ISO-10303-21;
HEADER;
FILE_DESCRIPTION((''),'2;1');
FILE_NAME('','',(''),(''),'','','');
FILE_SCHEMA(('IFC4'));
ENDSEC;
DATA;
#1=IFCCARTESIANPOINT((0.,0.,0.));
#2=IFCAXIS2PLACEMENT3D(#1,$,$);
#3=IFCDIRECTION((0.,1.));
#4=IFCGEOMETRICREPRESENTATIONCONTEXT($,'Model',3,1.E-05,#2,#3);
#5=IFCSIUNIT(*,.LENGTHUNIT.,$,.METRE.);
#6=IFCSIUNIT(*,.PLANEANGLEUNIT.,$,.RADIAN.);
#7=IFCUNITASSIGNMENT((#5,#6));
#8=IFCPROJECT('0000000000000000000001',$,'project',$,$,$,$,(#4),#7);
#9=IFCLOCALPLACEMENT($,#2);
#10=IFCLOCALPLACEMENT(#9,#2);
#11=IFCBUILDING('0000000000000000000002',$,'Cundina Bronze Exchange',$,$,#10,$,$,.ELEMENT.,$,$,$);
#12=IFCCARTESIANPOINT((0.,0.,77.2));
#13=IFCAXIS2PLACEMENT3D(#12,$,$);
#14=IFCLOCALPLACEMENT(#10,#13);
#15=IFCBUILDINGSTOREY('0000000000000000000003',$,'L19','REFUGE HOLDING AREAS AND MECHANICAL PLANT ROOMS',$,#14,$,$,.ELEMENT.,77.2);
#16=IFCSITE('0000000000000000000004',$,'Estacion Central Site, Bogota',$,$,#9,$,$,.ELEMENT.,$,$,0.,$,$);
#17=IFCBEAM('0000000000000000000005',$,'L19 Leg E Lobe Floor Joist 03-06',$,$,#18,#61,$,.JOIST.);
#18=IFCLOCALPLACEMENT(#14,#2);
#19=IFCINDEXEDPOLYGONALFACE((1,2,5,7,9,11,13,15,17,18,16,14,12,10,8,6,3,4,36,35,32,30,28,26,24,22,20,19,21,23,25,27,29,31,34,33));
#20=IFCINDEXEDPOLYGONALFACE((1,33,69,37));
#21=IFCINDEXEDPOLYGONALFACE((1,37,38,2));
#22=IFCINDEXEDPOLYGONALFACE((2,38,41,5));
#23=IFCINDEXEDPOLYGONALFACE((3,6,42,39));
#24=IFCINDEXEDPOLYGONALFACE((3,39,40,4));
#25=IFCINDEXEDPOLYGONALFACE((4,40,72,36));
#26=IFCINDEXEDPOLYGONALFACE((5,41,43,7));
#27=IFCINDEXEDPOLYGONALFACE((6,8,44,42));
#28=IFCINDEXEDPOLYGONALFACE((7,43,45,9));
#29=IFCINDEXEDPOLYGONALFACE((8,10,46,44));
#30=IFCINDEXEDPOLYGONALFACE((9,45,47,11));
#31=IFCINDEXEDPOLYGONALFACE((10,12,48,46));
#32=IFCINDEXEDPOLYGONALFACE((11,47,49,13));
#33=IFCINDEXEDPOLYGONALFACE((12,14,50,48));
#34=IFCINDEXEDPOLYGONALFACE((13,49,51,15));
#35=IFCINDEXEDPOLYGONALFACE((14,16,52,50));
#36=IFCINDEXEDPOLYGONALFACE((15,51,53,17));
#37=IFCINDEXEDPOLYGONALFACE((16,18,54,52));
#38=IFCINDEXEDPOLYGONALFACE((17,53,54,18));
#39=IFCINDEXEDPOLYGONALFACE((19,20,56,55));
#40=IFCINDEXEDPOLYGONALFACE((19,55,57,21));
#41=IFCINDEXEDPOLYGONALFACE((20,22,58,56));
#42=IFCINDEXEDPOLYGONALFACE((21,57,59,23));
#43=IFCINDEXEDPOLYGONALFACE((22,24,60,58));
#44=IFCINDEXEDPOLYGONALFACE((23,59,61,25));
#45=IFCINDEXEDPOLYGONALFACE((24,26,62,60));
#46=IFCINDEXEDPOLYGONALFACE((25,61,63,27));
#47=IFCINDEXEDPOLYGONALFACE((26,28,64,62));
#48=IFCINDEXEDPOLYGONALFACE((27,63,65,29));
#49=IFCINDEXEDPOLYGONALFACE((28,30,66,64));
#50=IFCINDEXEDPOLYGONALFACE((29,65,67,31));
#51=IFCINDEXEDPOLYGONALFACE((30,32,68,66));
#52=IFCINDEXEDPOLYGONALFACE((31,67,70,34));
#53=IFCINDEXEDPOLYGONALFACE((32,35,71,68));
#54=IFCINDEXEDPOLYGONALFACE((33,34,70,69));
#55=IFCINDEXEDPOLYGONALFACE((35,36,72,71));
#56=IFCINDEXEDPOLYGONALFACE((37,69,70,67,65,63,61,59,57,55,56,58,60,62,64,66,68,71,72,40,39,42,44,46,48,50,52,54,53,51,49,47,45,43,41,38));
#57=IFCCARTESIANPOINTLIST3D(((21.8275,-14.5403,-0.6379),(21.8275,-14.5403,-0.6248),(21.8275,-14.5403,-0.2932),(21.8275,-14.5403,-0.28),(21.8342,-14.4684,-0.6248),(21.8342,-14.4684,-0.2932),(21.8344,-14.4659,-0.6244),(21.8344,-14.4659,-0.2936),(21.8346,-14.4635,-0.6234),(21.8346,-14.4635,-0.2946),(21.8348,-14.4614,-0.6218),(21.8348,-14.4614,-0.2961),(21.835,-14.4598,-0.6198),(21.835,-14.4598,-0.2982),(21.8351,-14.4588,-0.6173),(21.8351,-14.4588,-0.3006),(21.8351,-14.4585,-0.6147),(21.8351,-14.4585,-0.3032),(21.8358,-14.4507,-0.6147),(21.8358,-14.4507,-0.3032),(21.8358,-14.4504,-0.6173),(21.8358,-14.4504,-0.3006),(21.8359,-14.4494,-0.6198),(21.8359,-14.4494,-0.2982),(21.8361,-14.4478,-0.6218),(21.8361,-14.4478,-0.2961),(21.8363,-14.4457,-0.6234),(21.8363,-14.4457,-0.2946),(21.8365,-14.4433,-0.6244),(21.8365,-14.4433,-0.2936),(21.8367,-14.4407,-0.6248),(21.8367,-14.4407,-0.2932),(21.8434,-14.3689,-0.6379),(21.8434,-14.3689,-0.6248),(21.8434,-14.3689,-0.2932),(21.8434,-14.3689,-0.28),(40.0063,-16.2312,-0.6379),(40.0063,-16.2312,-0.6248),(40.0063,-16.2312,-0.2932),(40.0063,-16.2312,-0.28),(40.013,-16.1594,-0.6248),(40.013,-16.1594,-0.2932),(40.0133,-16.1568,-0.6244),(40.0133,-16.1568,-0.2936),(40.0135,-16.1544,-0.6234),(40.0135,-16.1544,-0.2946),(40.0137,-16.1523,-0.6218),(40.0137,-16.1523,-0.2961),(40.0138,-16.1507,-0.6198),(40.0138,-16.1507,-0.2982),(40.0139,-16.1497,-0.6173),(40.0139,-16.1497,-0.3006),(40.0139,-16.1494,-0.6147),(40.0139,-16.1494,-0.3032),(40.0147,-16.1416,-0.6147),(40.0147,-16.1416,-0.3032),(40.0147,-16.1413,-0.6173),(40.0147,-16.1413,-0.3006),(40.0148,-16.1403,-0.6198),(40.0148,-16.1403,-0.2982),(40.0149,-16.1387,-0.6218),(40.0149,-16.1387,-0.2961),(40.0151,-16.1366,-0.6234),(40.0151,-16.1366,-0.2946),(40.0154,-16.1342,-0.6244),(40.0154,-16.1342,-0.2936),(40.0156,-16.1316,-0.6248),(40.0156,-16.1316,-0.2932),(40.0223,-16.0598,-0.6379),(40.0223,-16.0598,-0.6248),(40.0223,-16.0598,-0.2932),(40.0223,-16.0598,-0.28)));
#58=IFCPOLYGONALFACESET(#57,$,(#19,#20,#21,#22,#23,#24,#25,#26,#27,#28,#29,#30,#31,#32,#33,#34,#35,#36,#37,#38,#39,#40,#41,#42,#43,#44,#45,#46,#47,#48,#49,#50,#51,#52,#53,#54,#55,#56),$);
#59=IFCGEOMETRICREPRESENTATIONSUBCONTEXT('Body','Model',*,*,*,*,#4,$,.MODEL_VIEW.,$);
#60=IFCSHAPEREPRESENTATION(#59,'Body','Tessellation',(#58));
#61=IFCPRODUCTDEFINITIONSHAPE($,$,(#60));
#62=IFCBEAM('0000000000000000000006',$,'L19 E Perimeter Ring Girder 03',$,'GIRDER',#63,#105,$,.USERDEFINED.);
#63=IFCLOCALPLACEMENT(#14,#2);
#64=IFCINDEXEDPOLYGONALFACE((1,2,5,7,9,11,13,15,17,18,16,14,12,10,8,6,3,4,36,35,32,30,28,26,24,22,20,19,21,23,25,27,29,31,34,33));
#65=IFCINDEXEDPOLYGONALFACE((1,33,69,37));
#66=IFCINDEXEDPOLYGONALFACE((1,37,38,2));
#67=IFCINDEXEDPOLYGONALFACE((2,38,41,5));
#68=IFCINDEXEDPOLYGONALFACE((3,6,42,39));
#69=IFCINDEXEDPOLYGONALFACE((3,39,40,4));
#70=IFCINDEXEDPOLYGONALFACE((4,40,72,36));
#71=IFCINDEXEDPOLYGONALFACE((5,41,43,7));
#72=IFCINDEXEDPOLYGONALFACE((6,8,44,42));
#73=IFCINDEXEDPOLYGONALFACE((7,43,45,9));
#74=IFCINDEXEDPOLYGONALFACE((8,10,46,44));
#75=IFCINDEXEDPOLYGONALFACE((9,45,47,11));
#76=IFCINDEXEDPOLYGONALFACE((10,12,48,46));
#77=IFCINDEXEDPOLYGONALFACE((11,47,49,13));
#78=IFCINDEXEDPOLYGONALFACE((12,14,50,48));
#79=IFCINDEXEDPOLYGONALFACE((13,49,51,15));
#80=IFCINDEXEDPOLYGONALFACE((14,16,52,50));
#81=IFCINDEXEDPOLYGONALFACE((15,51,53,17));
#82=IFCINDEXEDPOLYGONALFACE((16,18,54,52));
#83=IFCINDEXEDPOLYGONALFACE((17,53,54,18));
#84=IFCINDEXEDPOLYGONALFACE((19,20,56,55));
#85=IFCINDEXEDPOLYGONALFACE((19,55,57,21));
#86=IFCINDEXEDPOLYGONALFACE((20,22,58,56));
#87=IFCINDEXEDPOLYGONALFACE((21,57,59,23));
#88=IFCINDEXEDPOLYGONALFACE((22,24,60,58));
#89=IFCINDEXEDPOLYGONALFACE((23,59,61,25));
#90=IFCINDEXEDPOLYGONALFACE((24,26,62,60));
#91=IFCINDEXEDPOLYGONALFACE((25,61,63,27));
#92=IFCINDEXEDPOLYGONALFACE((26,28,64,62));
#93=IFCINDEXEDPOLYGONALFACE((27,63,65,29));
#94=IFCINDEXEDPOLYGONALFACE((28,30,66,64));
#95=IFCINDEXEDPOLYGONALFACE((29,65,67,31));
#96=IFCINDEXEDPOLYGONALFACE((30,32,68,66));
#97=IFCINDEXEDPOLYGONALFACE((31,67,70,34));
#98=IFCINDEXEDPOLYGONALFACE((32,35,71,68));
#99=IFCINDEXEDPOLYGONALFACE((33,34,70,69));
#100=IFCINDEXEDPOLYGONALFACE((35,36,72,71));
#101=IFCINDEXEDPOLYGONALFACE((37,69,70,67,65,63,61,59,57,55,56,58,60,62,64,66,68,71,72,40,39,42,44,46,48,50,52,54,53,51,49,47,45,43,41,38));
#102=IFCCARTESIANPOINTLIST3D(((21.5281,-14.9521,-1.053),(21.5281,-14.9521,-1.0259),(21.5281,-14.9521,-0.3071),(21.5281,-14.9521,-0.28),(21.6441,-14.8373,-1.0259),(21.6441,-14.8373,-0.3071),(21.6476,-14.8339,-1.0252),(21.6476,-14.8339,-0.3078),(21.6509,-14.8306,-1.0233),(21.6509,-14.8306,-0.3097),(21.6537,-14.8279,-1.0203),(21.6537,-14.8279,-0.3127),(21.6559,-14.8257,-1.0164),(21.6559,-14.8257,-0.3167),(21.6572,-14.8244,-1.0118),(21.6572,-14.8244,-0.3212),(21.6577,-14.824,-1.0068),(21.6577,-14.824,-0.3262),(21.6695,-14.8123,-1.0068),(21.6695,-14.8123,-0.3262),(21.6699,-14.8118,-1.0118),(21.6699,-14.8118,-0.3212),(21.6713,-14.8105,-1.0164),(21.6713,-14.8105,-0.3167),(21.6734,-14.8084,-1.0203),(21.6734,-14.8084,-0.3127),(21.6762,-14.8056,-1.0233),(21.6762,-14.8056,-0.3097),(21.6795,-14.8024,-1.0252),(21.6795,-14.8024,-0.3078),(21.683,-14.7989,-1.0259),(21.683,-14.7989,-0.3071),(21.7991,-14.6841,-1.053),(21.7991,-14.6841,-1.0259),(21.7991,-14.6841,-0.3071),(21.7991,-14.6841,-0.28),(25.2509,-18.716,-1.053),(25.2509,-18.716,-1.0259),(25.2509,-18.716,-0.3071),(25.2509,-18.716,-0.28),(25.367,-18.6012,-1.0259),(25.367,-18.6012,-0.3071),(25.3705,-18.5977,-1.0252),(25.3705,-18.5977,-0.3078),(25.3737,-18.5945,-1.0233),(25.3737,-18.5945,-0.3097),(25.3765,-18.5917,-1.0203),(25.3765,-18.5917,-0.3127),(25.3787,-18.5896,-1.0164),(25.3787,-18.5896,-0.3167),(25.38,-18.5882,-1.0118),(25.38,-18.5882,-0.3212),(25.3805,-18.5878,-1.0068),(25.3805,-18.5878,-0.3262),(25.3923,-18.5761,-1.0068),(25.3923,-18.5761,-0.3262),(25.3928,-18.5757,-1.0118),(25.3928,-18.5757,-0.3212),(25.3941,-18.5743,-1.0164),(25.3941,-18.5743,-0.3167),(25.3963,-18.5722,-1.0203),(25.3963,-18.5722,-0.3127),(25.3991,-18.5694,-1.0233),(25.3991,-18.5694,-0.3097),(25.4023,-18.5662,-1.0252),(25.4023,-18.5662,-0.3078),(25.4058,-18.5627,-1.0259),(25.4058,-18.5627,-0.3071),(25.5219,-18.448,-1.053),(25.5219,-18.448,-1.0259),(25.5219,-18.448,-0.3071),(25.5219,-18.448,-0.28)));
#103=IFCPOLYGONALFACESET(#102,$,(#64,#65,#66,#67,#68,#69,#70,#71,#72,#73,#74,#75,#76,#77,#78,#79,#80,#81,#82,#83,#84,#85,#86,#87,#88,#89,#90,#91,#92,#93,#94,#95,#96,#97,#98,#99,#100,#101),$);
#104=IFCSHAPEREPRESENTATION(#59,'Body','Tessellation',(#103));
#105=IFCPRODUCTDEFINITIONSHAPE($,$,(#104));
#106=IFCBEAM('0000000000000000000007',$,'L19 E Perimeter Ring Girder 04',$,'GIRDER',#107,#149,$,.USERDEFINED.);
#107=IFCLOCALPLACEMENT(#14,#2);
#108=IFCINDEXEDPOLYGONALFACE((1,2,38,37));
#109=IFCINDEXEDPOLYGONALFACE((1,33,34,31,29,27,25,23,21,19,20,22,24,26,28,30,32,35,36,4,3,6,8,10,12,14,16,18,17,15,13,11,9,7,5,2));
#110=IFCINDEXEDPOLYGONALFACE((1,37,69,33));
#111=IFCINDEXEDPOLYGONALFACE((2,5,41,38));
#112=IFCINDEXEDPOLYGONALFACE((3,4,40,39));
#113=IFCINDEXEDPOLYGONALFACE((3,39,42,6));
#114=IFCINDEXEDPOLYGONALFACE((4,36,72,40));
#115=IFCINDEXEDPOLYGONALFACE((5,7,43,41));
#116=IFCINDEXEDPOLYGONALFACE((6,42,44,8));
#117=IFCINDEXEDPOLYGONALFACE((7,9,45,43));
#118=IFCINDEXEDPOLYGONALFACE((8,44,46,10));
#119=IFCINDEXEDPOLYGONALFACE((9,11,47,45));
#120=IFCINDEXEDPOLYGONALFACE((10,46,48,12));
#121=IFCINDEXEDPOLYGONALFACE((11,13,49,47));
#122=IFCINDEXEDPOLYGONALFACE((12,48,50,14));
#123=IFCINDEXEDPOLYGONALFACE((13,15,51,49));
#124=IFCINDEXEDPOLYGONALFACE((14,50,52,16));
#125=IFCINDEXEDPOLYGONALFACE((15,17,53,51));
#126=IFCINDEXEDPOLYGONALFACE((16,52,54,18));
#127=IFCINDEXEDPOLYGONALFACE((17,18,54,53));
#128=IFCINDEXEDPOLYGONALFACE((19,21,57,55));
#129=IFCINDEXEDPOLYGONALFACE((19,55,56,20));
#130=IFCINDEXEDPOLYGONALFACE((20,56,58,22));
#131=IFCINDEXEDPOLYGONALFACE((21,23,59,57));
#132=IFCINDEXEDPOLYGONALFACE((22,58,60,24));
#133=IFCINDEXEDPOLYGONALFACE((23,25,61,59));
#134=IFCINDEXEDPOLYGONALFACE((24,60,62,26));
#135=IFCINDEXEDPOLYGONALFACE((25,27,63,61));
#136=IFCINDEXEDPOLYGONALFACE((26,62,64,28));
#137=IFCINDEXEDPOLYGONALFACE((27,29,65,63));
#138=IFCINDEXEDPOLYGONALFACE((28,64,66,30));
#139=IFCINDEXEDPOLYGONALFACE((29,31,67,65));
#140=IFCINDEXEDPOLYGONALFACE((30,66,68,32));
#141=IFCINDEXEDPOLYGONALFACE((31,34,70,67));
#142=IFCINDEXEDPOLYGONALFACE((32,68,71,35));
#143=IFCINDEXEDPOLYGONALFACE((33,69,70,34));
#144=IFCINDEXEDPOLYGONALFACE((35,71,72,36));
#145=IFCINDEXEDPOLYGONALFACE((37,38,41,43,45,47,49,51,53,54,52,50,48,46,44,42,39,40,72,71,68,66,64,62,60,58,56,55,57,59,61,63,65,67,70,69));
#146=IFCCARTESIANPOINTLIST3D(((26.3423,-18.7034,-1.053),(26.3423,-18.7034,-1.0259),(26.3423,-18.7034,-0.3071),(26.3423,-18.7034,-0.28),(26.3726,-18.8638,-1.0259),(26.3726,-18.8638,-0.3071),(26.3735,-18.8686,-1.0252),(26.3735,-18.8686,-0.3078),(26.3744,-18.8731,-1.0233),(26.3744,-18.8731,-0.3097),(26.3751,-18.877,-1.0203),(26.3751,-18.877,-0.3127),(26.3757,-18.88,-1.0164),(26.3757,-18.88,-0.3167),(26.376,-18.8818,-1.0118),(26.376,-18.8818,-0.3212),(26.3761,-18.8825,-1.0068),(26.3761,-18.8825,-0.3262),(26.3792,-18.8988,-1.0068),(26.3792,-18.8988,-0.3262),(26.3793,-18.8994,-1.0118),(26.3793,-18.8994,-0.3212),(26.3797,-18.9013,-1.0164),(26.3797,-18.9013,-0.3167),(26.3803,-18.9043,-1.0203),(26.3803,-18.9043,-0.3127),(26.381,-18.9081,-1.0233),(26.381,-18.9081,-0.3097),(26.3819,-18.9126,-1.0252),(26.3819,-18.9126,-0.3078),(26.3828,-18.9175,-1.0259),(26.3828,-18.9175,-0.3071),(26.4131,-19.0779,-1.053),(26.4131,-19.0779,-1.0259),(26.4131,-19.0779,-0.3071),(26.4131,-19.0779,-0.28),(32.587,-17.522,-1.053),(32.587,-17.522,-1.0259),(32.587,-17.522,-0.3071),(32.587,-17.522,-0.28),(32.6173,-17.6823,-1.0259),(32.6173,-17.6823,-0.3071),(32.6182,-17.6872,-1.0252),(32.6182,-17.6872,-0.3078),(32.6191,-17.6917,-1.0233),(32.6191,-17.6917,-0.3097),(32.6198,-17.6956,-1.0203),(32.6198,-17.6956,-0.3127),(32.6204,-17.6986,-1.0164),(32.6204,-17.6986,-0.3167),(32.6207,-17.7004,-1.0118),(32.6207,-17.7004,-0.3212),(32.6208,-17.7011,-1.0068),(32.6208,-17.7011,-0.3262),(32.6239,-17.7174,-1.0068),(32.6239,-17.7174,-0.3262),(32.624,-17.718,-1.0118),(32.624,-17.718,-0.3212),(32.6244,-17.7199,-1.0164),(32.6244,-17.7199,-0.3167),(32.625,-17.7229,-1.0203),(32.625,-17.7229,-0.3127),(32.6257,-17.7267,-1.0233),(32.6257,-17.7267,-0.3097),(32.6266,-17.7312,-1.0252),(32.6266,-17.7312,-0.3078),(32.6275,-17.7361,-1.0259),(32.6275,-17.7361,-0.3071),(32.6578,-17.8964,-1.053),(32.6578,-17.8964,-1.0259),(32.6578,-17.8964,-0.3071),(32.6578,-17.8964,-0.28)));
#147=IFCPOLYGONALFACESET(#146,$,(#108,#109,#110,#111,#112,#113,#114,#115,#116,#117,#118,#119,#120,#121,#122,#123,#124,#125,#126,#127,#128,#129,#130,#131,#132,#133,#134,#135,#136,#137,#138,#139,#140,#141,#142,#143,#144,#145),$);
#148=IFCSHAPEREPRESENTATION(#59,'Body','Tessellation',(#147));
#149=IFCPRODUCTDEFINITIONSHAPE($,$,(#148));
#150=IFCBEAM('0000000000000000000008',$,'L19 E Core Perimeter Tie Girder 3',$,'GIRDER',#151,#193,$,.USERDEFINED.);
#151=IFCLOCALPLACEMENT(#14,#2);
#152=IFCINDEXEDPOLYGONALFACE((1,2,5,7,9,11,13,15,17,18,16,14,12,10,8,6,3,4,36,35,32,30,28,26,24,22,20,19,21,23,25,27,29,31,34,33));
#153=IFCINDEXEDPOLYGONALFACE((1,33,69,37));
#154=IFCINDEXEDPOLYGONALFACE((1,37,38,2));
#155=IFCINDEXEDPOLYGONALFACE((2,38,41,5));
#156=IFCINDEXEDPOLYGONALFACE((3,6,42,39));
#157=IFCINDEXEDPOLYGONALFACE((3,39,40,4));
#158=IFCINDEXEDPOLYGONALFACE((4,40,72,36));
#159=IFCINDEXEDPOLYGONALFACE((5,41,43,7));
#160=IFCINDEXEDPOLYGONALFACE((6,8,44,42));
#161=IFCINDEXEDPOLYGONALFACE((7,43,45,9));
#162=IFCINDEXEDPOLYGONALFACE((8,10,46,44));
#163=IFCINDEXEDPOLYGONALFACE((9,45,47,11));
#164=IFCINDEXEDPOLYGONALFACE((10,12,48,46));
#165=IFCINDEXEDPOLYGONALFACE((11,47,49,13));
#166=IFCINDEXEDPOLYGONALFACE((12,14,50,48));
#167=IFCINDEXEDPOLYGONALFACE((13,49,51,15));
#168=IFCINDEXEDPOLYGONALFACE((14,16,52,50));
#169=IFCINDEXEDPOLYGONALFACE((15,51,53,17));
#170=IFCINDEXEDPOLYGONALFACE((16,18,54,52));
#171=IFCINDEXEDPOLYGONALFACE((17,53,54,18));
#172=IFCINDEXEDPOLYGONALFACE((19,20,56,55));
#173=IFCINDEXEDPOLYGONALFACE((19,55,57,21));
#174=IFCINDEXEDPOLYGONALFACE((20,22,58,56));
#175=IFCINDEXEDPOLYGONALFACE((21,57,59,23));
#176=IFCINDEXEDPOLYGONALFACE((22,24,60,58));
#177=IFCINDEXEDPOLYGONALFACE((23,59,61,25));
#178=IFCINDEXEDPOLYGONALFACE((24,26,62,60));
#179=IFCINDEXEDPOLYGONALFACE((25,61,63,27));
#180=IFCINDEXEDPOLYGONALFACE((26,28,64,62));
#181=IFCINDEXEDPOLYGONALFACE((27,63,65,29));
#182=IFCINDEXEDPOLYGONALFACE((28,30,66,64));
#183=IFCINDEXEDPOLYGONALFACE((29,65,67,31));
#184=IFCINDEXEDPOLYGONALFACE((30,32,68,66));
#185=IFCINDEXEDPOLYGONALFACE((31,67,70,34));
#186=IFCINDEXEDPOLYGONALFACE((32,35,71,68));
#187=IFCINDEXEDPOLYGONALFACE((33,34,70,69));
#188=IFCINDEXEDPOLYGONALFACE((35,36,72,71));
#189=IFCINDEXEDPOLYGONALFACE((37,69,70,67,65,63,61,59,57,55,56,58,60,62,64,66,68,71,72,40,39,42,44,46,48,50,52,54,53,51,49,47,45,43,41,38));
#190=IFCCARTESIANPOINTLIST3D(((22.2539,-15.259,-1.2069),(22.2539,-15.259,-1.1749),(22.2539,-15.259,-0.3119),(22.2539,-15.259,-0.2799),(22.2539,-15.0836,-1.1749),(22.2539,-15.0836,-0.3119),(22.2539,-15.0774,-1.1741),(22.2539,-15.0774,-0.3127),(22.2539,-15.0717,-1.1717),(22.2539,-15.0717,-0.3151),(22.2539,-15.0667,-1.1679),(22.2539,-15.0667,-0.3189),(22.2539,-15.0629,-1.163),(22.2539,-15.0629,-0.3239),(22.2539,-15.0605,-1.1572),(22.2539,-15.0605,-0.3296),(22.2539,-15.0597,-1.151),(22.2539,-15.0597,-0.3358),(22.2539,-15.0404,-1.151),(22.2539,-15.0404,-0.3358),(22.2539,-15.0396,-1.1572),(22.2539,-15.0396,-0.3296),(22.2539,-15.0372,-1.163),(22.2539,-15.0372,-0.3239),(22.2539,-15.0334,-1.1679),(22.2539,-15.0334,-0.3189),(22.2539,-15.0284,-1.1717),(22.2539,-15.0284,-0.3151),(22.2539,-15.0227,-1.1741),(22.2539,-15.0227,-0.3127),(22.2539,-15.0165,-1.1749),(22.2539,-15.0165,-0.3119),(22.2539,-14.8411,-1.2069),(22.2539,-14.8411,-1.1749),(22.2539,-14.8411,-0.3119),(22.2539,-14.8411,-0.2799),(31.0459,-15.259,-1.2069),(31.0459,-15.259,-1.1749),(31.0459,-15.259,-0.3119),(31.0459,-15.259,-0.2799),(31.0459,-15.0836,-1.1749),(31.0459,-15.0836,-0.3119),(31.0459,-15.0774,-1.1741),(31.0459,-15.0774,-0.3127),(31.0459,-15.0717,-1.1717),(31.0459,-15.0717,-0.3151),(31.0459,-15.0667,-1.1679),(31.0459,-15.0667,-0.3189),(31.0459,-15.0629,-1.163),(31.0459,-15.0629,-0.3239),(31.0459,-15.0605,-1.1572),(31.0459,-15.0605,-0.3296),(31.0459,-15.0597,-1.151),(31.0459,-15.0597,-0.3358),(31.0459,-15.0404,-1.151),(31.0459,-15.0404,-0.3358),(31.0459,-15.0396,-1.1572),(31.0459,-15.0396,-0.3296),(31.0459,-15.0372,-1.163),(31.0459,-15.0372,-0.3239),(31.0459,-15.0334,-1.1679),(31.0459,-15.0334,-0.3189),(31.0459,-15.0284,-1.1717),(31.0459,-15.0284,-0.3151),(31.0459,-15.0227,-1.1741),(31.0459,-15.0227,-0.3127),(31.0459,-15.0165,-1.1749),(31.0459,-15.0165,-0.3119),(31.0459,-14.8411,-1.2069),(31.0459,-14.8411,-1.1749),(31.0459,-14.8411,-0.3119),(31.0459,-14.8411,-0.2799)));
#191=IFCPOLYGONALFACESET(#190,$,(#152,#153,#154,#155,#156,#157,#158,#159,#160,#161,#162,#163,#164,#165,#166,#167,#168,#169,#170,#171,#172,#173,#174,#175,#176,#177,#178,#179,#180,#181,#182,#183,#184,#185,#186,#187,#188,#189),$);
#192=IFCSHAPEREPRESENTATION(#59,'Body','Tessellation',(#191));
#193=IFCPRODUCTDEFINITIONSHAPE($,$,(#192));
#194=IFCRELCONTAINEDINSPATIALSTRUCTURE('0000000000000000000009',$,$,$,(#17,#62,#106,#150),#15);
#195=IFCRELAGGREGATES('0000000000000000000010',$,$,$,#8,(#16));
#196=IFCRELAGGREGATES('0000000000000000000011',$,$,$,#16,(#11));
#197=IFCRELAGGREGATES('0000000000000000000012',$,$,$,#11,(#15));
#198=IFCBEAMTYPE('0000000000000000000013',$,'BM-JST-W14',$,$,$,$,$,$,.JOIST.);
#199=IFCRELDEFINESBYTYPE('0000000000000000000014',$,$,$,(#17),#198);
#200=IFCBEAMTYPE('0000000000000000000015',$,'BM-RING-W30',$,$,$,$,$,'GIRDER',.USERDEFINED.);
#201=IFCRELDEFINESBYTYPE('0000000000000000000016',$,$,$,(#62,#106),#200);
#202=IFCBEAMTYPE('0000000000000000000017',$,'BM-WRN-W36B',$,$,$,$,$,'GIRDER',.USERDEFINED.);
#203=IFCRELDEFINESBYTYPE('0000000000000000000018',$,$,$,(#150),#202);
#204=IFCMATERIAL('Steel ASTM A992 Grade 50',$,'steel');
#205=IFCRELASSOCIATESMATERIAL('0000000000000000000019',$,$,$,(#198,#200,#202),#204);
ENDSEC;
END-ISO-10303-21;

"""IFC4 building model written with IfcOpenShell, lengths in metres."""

from ifc_helpers import new_model, si_unit, direction, frame, origin, origin_2d, place, context, subcontext, project, spatial, i_section, extrude, material, material_profile, profile_set, type_object, element, save


model = new_model("IFC4")

# Units and contexts
model_context = context("Model", 3, precision=1e-05, world=origin(), true_north=direction((0.0, 1.0)))
body_context = subcontext(model_context, "Body", "Model", "MODEL_VIEW")
ifc_project = project(units=[si_unit("LENGTHUNIT", "METRE"), si_unit("PLANEANGLEUNIT", "RADIAN")], contexts=[model_context])

# Site, building, storey
site_placement = place(None, origin())
site = spatial("IfcSite", under=ifc_project, at=site_placement, Name="Estacion Central Site, Bogota", CompositionType="ELEMENT", RefElevation=0.0)
building_placement = place(site_placement, origin())
building = spatial("IfcBuilding", under=site, at=building_placement, Name="Cundina Bronze Exchange", CompositionType="ELEMENT")
storey_placement = place(building_placement, frame((0.0, 0.0, 77.2)))
storey = spatial("IfcBuildingStorey", under=building, at=storey_placement, Name="L19", Description="REFUGE HOLDING AREAS AND MECHANICAL PLANT ROOMS", CompositionType="ELEMENT", Elevation=77.2)

# Shared definitions
ifc_material_1 = material(Name="Steel ASTM A992 Grade 50", Category="steel")

# Beams
ifc_material_profile_1 = material_profile(ifc_material_1, i_section(OverallWidth=0.1721, OverallDepth=0.3579, WebThickness=0.0078, FlangeThickness=0.0132, FilletRadius=0.01, at=origin_2d()), Name="W14X38", Category="steel")
ifc_profile_set_1 = profile_set([ifc_material_profile_1], Name="Steel ASTM A992 Grade 50")
beam_type_1 = type_object("IfcBeamType", Name="BM-JST-W14", PredefinedType="JOIST", material=ifc_profile_set_1)
beam_1_placement = place(storey_placement, frame((21.8354, -14.4546, -0.459), z_axis=(0.995702, -0.092615, 0.0), x_axis=(0.092615, 0.995702, 0.0)))
element("IfcBeam", 1, at=beam_1_placement, inside=storey, type_object=beam_type_1, Name="L19 Leg E Lobe Floor Joist 03-06", PredefinedType="JOIST", context=body_context, shape_type="SweptSolid", body=[
    extrude(i_section(OverallWidth=0.1721, OverallDepth=0.3579, WebThickness=0.0078, FlangeThickness=0.0132, FilletRadius=0.01, at=origin_2d()), origin(), (0.0, 0.0, 1.0), 18.2573),
])
ifc_material_profile_2 = material_profile(ifc_material_1, i_section(OverallWidth=0.3811, OverallDepth=0.7729, WebThickness=0.0166, FlangeThickness=0.0271, FilletRadius=0.019, at=origin_2d()), Name="W30X173", Category="steel")
ifc_profile_set_2 = profile_set([ifc_material_profile_2], Name="Steel ASTM A992 Grade 50")
beam_type_2 = type_object("IfcBeamType", Name="BM-RING-W30", ElementType="GIRDER", PredefinedType="USERDEFINED", material=ifc_profile_set_2)
beam_2_placement = place(storey_placement, frame((21.6636, -14.8181, -0.6665), z_axis=(0.703222, -0.71097, 0.0), x_axis=(0.71097, 0.703222, 0.0)))
element("IfcBeam", 2, at=beam_2_placement, inside=storey, type_object=beam_type_2, Name="L19 E Perimeter Ring Girder 03", ObjectType="GIRDER", PredefinedType="USERDEFINED", context=body_context, shape_type="SweptSolid", body=[
    extrude(i_section(OverallWidth=0.3811, OverallDepth=0.7729, WebThickness=0.0166, FlangeThickness=0.0271, FilletRadius=0.019, at=origin_2d()), origin(), (0.0, 0.0, 1.0), 5.2939),
])
beam_3_placement = place(storey_placement, frame((26.3777, -18.8906, -0.6665), z_axis=(0.982571, 0.185889, 0.0), x_axis=(-0.185889, 0.982571, 0.0)))
element("IfcBeam", 3, at=beam_3_placement, inside=storey, type_object=beam_type_2, Name="L19 E Perimeter Ring Girder 04", ObjectType="GIRDER", PredefinedType="USERDEFINED", context=body_context, shape_type="SweptSolid", body=[
    extrude(i_section(OverallWidth=0.3811, OverallDepth=0.7729, WebThickness=0.0166, FlangeThickness=0.0271, FilletRadius=0.019, at=origin_2d()), origin(), (0.0, 0.0, 1.0), 6.3555),
])
ifc_material_profile_3 = material_profile(ifc_material_1, i_section(OverallWidth=0.418, OverallDepth=0.927, WebThickness=0.0193, FlangeThickness=0.032, FilletRadius=0.0239, at=origin_2d()), Name="W36X231", Category="steel")
ifc_profile_set_3 = profile_set([ifc_material_profile_3], Name="Steel ASTM A992 Grade 50")
beam_type_3 = type_object("IfcBeamType", Name="BM-WRN-W36B", ElementType="GIRDER", PredefinedType="USERDEFINED", material=ifc_profile_set_3)
beam_4_placement = place(storey_placement, frame((22.2539, -15.05, -0.7434), z_axis=(1.0, 0.0, 0.0), x_axis=(0.0, 1.0, 0.0)))
element("IfcBeam", 4, at=beam_4_placement, inside=storey, type_object=beam_type_3, Name="L19 E Core Perimeter Tie Girder 3", ObjectType="GIRDER", PredefinedType="USERDEFINED", context=body_context, shape_type="SweptSolid", body=[
    extrude(i_section(OverallWidth=0.418, OverallDepth=0.927, WebThickness=0.0193, FlangeThickness=0.032, FilletRadius=0.0239, at=origin_2d()), origin(), (0.0, 0.0, 1.0), 8.792),
])

save(model, "model.ifc")
